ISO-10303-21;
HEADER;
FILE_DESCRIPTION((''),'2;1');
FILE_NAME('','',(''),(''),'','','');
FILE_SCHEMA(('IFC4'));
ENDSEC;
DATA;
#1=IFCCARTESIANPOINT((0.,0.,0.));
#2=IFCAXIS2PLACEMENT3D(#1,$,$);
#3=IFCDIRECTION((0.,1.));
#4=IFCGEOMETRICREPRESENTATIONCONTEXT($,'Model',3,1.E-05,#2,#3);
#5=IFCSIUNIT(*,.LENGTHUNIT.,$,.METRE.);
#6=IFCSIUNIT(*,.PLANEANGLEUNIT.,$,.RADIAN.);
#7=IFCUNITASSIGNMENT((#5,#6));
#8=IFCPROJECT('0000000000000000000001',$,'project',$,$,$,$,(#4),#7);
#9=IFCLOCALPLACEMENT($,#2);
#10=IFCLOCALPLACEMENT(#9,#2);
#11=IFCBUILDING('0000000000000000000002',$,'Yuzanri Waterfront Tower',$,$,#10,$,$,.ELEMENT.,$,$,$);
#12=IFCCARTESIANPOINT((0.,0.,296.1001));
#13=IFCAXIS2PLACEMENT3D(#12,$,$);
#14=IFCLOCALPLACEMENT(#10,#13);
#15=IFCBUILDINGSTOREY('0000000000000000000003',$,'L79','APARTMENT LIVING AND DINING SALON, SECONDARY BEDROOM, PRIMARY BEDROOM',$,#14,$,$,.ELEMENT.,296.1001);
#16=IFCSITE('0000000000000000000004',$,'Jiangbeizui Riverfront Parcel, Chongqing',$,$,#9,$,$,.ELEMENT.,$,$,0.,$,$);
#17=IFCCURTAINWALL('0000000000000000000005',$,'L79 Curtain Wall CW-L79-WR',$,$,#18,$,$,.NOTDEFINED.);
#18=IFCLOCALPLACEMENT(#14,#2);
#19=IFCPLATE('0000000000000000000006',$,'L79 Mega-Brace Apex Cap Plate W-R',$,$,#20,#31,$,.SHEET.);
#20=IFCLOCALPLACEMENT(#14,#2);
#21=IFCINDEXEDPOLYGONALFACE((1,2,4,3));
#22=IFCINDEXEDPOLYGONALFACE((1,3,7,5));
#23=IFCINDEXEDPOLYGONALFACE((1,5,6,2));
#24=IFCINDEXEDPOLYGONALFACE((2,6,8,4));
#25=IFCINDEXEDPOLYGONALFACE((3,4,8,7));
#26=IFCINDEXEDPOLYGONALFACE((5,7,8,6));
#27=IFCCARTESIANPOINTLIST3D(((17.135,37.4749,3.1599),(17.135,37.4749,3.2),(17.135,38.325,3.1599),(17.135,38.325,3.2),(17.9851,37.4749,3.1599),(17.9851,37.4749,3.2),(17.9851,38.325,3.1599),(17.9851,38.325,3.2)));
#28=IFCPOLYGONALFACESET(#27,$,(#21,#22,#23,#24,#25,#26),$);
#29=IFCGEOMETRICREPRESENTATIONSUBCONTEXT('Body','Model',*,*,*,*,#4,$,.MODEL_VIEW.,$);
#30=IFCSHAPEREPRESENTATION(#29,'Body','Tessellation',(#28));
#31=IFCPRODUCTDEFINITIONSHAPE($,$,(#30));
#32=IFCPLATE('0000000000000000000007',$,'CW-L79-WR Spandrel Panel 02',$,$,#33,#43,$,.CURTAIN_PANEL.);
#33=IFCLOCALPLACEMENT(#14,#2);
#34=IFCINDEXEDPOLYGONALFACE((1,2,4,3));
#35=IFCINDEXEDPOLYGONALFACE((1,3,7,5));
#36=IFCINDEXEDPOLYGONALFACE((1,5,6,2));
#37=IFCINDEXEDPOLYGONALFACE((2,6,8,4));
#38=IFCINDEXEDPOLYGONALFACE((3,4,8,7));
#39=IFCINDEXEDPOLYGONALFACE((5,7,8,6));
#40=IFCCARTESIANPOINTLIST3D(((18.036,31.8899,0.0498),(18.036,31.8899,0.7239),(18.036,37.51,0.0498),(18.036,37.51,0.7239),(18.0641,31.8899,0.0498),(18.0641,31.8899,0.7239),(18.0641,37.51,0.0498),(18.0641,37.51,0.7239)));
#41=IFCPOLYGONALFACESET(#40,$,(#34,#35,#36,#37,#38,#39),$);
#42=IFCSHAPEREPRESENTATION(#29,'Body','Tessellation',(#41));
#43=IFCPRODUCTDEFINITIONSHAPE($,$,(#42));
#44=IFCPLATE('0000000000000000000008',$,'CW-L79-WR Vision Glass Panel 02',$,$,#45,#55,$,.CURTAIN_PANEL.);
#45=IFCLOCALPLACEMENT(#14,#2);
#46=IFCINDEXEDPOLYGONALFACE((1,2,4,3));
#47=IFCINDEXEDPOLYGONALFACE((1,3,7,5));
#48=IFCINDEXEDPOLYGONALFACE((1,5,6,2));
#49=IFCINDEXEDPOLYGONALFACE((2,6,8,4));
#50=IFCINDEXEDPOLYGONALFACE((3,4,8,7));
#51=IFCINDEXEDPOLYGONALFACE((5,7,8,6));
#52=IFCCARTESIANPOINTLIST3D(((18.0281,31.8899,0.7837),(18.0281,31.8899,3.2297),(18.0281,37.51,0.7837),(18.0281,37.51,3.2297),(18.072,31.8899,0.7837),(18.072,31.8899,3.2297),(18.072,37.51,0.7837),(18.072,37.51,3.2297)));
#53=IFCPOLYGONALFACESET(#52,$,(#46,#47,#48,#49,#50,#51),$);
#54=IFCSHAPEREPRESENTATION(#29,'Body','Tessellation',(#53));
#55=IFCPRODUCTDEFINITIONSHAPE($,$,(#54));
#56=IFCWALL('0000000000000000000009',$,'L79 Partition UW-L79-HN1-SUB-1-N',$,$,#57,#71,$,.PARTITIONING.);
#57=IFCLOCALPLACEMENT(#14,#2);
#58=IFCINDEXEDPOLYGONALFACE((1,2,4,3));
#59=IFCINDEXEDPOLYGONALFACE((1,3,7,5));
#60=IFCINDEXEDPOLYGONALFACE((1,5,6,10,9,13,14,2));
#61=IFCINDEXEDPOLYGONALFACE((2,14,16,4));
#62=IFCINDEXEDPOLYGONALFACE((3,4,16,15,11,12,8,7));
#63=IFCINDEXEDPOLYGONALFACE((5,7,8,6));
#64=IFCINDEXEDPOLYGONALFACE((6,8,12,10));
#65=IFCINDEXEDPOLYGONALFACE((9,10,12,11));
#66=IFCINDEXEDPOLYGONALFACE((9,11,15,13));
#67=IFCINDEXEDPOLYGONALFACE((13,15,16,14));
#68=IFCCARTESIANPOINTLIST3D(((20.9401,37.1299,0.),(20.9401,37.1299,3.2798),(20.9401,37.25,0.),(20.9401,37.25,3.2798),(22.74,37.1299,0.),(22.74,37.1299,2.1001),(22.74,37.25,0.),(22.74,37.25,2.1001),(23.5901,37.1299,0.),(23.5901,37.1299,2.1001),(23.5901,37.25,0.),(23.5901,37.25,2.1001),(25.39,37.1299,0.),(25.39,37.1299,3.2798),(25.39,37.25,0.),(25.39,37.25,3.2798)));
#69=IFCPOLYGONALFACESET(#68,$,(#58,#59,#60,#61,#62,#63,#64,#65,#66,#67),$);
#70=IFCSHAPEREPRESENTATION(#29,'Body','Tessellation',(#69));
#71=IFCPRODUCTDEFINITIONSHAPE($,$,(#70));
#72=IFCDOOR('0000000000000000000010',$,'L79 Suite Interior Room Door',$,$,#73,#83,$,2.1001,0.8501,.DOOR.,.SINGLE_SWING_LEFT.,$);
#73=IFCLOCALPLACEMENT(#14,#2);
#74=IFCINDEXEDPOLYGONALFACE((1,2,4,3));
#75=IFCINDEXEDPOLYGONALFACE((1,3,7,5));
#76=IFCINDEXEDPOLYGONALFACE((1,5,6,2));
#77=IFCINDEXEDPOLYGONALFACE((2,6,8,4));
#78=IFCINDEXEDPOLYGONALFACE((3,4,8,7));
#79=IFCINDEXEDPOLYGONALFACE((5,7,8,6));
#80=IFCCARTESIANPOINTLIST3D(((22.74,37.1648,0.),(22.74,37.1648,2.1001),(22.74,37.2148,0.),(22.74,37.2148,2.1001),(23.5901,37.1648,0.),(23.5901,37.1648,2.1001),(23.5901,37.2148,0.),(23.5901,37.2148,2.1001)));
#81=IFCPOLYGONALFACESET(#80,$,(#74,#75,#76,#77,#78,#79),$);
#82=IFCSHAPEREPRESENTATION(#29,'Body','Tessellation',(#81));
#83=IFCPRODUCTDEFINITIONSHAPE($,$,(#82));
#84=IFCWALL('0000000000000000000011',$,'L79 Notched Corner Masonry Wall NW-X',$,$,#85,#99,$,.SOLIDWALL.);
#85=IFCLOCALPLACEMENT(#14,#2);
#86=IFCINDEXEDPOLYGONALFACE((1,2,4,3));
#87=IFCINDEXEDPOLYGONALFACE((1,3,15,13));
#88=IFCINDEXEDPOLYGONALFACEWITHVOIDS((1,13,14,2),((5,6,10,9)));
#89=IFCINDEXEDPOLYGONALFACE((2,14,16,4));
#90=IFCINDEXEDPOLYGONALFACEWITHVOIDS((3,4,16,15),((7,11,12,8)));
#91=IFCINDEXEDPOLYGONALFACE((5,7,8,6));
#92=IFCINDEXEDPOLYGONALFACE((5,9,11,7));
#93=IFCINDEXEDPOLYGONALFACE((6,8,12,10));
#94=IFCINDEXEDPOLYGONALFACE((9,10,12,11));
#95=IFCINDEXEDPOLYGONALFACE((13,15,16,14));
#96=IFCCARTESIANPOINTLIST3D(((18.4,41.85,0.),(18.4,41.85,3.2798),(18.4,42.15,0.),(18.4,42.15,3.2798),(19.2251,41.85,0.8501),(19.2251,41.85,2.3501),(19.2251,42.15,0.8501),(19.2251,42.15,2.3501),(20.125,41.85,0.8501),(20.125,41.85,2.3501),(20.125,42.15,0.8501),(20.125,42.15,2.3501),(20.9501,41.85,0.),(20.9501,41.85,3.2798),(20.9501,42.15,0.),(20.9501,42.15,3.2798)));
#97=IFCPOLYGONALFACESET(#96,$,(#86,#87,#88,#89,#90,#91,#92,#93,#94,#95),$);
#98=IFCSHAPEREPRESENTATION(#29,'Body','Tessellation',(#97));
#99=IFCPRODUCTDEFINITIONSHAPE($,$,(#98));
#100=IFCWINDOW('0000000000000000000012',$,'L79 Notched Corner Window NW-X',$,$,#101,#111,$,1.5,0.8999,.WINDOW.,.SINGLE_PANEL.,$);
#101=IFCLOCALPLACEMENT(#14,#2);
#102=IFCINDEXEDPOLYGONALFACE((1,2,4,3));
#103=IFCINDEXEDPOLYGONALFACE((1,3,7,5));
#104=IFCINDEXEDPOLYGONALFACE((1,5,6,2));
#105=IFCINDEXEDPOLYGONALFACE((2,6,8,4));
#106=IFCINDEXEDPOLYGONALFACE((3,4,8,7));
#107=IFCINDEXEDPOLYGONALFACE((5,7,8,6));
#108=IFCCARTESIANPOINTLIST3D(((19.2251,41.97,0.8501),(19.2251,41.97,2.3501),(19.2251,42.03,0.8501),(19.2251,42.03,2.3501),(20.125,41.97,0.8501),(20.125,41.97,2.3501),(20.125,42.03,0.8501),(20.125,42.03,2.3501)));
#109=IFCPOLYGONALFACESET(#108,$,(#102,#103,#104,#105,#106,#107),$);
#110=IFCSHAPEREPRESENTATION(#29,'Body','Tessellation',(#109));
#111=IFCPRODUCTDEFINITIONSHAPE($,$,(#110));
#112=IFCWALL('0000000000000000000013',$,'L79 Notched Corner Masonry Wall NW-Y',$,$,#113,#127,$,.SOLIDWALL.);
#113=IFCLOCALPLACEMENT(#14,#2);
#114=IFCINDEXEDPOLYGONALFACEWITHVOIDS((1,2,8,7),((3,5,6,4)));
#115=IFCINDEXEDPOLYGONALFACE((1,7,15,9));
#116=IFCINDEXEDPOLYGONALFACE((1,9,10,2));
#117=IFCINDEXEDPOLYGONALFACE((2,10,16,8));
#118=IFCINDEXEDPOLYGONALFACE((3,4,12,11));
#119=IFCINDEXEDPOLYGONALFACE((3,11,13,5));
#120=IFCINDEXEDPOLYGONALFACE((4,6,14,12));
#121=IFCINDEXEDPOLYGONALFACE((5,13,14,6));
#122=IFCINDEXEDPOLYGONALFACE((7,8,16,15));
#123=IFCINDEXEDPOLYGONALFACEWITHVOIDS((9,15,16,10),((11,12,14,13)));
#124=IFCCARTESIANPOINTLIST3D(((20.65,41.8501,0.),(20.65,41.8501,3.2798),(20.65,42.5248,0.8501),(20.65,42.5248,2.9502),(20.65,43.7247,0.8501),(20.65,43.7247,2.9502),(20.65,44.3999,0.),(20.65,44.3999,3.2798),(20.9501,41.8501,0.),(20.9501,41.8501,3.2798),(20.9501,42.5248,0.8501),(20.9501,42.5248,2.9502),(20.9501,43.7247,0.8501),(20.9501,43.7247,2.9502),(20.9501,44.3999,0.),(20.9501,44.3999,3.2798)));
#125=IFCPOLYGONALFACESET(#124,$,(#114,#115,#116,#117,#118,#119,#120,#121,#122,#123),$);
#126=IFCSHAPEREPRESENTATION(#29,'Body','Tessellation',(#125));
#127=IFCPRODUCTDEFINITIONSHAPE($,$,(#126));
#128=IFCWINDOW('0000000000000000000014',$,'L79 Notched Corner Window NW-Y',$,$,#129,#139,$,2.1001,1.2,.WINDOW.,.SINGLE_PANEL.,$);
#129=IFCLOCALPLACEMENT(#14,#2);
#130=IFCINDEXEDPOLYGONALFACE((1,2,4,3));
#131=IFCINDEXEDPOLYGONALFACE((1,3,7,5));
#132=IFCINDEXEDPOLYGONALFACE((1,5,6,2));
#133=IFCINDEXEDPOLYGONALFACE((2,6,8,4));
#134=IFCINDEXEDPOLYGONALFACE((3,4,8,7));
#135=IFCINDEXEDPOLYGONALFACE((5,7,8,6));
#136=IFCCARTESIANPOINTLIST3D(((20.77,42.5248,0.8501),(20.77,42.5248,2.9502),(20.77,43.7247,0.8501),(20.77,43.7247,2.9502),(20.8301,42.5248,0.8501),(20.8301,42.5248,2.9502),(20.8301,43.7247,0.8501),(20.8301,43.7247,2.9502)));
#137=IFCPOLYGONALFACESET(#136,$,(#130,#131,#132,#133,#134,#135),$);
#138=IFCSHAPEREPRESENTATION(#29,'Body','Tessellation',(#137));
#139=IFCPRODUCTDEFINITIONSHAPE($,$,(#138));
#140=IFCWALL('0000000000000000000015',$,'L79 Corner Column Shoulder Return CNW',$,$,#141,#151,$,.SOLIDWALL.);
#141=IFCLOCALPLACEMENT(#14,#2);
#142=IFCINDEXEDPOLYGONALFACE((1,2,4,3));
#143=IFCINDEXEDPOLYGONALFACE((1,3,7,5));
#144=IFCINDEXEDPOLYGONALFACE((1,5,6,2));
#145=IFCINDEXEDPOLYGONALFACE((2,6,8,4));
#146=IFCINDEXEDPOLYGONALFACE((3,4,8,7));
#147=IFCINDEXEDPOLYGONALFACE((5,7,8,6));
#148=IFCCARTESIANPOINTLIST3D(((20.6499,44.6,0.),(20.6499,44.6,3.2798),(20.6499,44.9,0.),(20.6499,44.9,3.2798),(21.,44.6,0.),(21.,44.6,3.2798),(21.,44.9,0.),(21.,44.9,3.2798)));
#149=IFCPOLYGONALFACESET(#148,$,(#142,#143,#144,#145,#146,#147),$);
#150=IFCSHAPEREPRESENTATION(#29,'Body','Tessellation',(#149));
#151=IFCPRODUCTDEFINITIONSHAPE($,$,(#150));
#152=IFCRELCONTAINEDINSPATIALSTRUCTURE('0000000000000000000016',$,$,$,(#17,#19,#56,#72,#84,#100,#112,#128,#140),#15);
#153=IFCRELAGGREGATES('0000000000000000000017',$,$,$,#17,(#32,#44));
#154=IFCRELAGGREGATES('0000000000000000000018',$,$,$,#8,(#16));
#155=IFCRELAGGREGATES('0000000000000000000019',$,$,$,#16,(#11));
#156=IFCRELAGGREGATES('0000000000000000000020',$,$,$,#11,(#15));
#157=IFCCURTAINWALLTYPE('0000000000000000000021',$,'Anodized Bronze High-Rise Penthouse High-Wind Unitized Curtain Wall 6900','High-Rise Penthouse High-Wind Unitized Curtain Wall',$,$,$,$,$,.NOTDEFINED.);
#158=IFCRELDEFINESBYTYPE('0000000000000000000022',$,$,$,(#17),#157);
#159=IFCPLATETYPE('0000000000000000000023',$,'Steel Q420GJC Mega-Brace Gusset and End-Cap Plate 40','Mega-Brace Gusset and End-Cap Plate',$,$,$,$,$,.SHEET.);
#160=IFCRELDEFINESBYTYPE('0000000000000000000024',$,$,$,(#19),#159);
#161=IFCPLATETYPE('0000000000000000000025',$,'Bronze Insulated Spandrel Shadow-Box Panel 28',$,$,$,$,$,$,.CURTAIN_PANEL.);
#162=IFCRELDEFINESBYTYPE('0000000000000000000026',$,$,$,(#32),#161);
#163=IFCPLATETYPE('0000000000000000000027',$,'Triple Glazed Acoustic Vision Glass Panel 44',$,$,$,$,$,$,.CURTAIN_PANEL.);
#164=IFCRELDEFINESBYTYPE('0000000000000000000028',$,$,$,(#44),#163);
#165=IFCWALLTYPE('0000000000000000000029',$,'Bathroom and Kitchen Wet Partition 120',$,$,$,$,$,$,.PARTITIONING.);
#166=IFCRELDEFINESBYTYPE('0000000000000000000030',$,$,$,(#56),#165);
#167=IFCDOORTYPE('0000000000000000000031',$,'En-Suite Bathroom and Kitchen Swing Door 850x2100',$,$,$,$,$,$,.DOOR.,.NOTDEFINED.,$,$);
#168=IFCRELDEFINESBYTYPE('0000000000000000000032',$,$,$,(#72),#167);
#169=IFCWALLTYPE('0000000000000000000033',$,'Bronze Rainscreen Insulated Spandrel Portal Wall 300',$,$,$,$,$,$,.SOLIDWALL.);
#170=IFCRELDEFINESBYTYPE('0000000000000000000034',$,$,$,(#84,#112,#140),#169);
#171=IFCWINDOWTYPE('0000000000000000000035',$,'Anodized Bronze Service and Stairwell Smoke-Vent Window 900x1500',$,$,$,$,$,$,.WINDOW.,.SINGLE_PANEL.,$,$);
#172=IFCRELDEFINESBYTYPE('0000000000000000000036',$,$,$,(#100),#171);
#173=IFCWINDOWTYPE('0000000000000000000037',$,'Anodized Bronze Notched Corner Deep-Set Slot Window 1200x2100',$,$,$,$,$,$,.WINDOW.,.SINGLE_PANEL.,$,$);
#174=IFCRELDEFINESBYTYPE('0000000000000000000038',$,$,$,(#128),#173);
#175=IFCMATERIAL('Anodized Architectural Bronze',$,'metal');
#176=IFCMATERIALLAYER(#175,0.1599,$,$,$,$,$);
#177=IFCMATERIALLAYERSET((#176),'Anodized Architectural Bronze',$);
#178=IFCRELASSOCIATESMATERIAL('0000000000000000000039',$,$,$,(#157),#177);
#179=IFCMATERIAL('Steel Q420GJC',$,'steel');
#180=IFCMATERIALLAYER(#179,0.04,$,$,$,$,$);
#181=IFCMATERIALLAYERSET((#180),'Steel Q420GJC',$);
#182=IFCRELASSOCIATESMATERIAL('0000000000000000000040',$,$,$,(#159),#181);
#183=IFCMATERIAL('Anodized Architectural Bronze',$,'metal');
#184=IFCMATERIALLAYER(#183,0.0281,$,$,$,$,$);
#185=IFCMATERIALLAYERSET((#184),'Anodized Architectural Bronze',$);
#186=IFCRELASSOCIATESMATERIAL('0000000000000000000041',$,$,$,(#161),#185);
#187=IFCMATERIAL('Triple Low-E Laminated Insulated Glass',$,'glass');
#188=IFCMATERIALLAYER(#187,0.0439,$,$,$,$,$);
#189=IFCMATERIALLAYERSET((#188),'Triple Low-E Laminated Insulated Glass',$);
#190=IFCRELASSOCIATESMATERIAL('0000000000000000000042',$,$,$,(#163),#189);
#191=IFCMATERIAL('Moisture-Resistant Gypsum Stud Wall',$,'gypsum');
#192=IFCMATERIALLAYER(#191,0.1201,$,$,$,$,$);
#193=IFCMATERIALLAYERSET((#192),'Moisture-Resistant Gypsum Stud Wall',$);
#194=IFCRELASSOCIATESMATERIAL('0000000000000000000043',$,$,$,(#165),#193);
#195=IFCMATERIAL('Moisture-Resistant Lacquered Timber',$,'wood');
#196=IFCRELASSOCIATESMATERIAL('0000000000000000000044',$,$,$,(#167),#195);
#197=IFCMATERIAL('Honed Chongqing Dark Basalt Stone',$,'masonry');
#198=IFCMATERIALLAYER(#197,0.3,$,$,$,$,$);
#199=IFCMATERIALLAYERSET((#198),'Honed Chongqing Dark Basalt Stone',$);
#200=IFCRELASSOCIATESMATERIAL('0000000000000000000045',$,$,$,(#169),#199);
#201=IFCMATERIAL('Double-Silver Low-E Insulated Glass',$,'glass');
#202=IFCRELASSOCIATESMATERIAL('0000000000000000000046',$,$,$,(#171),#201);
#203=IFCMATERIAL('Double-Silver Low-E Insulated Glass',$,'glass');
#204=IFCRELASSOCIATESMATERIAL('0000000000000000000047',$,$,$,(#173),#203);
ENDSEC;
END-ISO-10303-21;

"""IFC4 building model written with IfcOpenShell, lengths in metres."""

from ifc_helpers import new_model, si_unit, direction, frame, frame_2d, origin, origin_2d, place, context, subcontext, project, spatial, rectangle, extrude, source, transform, mapped, material, layer, layer_set, type_object, element, fill, aggregate, save


model = new_model("IFC4")

# Units and contexts
model_context = context("Model", 3, precision=1e-05, world=origin(), true_north=direction((0.0, 1.0)))
body_context = subcontext(model_context, "Body", "Model", "MODEL_VIEW")
ifc_project = project(units=[si_unit("LENGTHUNIT", "METRE"), si_unit("PLANEANGLEUNIT", "RADIAN")], contexts=[model_context])

# Site, building, storey
site_placement = place(None, origin())
site = spatial("IfcSite", under=ifc_project, at=site_placement, Name="Jiangbeizui Riverfront Parcel, Chongqing", CompositionType="ELEMENT", RefElevation=0.0)
building_placement = place(site_placement, origin())
building = spatial("IfcBuilding", under=site, at=building_placement, Name="Yuzanri Waterfront Tower", CompositionType="ELEMENT")
storey_placement = place(building_placement, frame((0.0, 0.0, 296.1001)))
storey = spatial("IfcBuildingStorey", under=building, at=storey_placement, Name="L79", Description="APARTMENT LIVING AND DINING SALON, SECONDARY BEDROOM, PRIMARY BEDROOM", CompositionType="ELEMENT", Elevation=296.1001)

# Curtain wall
ifc_material_1 = material(Name="Anodized Architectural Bronze", Category="metal")
ifc_layer_1 = layer(ifc_material_1, 0.1599)
ifc_layer_set_1 = layer_set([ifc_layer_1], Name="Anodized Architectural Bronze")
curtain_wall_type = type_object("IfcCurtainWallType", Name="Anodized Bronze High-Rise Penthouse High-Wind Unitized Curtain Wall 6900", Description="High-Rise Penthouse High-Wind Unitized Curtain Wall", PredefinedType="NOTDEFINED", material=ifc_layer_set_1)
curtain_wall_1_placement = place(storey_placement, origin())
curtain_wall_1 = element("IfcCurtainWall", 1, at=curtain_wall_1_placement, inside=storey, type_object=curtain_wall_type, Name="L79 Curtain Wall CW-L79-WR", PredefinedType="NOTDEFINED")

# Plate
ifc_material_2 = material(Name="Steel Q420GJC", Category="steel")
ifc_layer_2 = layer(ifc_material_2, 0.04)
ifc_layer_set_2 = layer_set([ifc_layer_2], Name="Steel Q420GJC")
plate_type_1 = type_object("IfcPlateType", Name="Steel Q420GJC Mega-Brace Gusset and End-Cap Plate 40", Description="Mega-Brace Gusset and End-Cap Plate", PredefinedType="SHEET", material=ifc_layer_set_2)
shared_shape_1 = source(origin(), body_context, "Body", "SweptSolid", [
    extrude(rectangle(XDim=0.8501, YDim=0.8501, at=origin_2d()), origin(), (0.0, 0.0, 1.0), 0.04),
])
for number, where, z_axis, x_axis, name in (
    (2, (17.5601, 37.8999, 3.1599), (0.0, 0.0, 1.0), (1.0, 0.0, 0.0), "L79 Mega-Brace Apex Cap Plate W-R"),
):
    element("IfcPlate", number, at=place(storey_placement, frame(where, z_axis=z_axis, x_axis=x_axis)), inside=storey, type_object=plate_type_1, Name=name, PredefinedType="SHEET", context=body_context, shape_type="MappedRepresentation", body=[
        mapped(shared_shape_1, transform((0.0, 0.0, 0.0), scale=1.0)),
    ])

# Plates
ifc_material_3 = material(Name="Anodized Architectural Bronze", Category="metal")
ifc_layer_3 = layer(ifc_material_3, 0.0281)
ifc_layer_set_3 = layer_set([ifc_layer_3], Name="Anodized Architectural Bronze")
plate_type_2 = type_object("IfcPlateType", Name="Bronze Insulated Spandrel Shadow-Box Panel 28", PredefinedType="CURTAIN_PANEL", material=ifc_layer_set_3)
shared_shape_2 = source(origin(), body_context, "Body", "SweptSolid", [
    extrude(rectangle(XDim=5.6201, YDim=0.0281, at=origin_2d()), origin(), (0.0, 0.0, 1.0), 0.6741),
])
plate_1_placement = place(storey_placement, frame((18.05, 34.7, 0.0498), z_axis=(0.0, 0.0, 1.0), x_axis=(0.0, 1.0, 0.0)))
plate_1 = element("IfcPlate", 3, at=plate_1_placement, type_object=plate_type_2, Name="CW-L79-WR Spandrel Panel 02", PredefinedType="CURTAIN_PANEL", context=body_context, shape_type="MappedRepresentation", body=[
    mapped(shared_shape_2, transform((0.0, 0.0, 0.0), scale=1.0)),
])
ifc_material_4 = material(Name="Triple Low-E Laminated Insulated Glass", Category="glass")
ifc_layer_4 = layer(ifc_material_4, 0.0439)
ifc_layer_set_4 = layer_set([ifc_layer_4], Name="Triple Low-E Laminated Insulated Glass")
plate_type_3 = type_object("IfcPlateType", Name="Triple Glazed Acoustic Vision Glass Panel 44", PredefinedType="CURTAIN_PANEL", material=ifc_layer_set_4)
shared_shape_3 = source(origin(), body_context, "Body", "SweptSolid", [
    extrude(rectangle(XDim=5.6201, YDim=0.0439, at=origin_2d()), origin(), (0.0, 0.0, 1.0), 2.446),
])
plate_2_placement = place(storey_placement, frame((18.05, 34.7, 0.7837), z_axis=(0.0, 0.0, 1.0), x_axis=(0.0, 1.0, 0.0)))
plate_2 = element("IfcPlate", 4, at=plate_2_placement, type_object=plate_type_3, Name="CW-L79-WR Vision Glass Panel 02", PredefinedType="CURTAIN_PANEL", context=body_context, shape_type="MappedRepresentation", body=[
    mapped(shared_shape_3, transform((0.0, 0.0, 0.0), scale=1.0)),
])
aggregate(curtain_wall_1, [plate_1, plate_2])

# Wall, opening, door
ifc_material_5 = material(Name="Moisture-Resistant Gypsum Stud Wall", Category="gypsum")
ifc_layer_5 = layer(ifc_material_5, 0.1201)
ifc_layer_set_5 = layer_set([ifc_layer_5], Name="Moisture-Resistant Gypsum Stud Wall")
wall_type_1 = type_object("IfcWallType", Name="Bathroom and Kitchen Wet Partition 120", PredefinedType="PARTITIONING", material=ifc_layer_set_5)
wall_1_placement = place(storey_placement, frame((20.9399, 37.1899, 0.0), z_axis=(0.0, 0.0, 1.0), x_axis=(1.0, 0.0, 0.0)))
wall_1 = element("IfcWall", 5, at=wall_1_placement, inside=storey, type_object=wall_type_1, Name="L79 Partition UW-L79-HN1-SUB-1-N", PredefinedType="PARTITIONING", context=body_context, shape_type="SweptSolid", body=[
    extrude(rectangle(XDim=4.45, YDim=0.1201, at=frame_2d((2.2251, 0.0))), origin(), (0.0, 0.0, 1.0), 3.2798),
])
opening_1_placement = place(wall_1_placement, frame((1.8, 0.0, 0.0)))
opening_1 = element("IfcOpeningElement", 6, at=opening_1_placement, cuts=wall_1, PredefinedType="OPENING", context=body_context, shape_type="SweptSolid", body=[
    extrude(rectangle(XDim=0.8501, YDim=2.1001, at=frame_2d((0.425, 1.05))), frame((0.0, 0.075, 0.0), z_axis=(0.0, -1.0, 0.0), x_axis=(1.0, 0.0, 0.0)), (0.0, 0.0, 1.0), 0.1499),
])
ifc_material_6 = material(Name="Moisture-Resistant Lacquered Timber", Category="wood")
door_type = type_object("IfcDoorType", Name="En-Suite Bathroom and Kitchen Swing Door 850x2100", OperationType="NOTDEFINED", PredefinedType="DOOR", material=ifc_material_6)
shared_shape_4 = source(origin(), body_context, "Body", "SweptSolid", [
    extrude(rectangle(XDim=0.8501, YDim=2.1001, at=frame_2d((0.425, 1.05))), frame((0.0, 0.0249, 0.0), z_axis=(0.0, -1.0, 0.0), x_axis=(1.0, 0.0, 0.0)), (0.0, 0.0, 1.0), 0.05),
])
door_placement = place(opening_1_placement, origin())
door = element("IfcDoor", 7, at=door_placement, inside=storey, type_object=door_type, Name="L79 Suite Interior Room Door", OperationType="SINGLE_SWING_LEFT", OverallHeight=2.1001, OverallWidth=0.8501, PredefinedType="DOOR", context=body_context, shape_type="MappedRepresentation", body=[
    mapped(shared_shape_4, transform((0.0, 0.0, 0.0), scale=1.0)),
])
fill(opening_1, door)

# Walls, openings, windows
ifc_material_7 = material(Name="Honed Chongqing Dark Basalt Stone", Category="masonry")
ifc_layer_6 = layer(ifc_material_7, 0.3)
ifc_layer_set_6 = layer_set([ifc_layer_6], Name="Honed Chongqing Dark Basalt Stone")
wall_type_2 = type_object("IfcWallType", Name="Bronze Rainscreen Insulated Spandrel Portal Wall 300", PredefinedType="SOLIDWALL", material=ifc_layer_set_6)
wall_2_placement = place(storey_placement, frame((20.95, 42.0, 0.0), z_axis=(0.0, 0.0, 1.0), x_axis=(-1.0, 0.0, 0.0)))
wall_2 = element("IfcWall", 8, at=wall_2_placement, inside=storey, type_object=wall_type_2, Name="L79 Notched Corner Masonry Wall NW-X", PredefinedType="SOLIDWALL", context=body_context, shape_type="SweptSolid", body=[
    extrude(rectangle(XDim=2.55, YDim=0.3, at=frame_2d((1.2749, 0.0))), origin(), (0.0, 0.0, 1.0), 3.2798),
])
opening_2_placement = place(wall_2_placement, frame((0.825, 0.0, 0.8501)))
opening_2 = element("IfcOpeningElement", 9, at=opening_2_placement, cuts=wall_2, PredefinedType="OPENING", context=body_context, shape_type="SweptSolid", body=[
    extrude(rectangle(XDim=0.8999, YDim=1.5, at=frame_2d((0.45, 0.75))), frame((0.0, 0.165, 0.0), z_axis=(0.0, -1.0, 0.0), x_axis=(1.0, 0.0, 0.0)), (0.0, 0.0, 1.0), 0.3298),
])
ifc_material_8 = material(Name="Double-Silver Low-E Insulated Glass", Category="glass")
window_type_1 = type_object("IfcWindowType", Name="Anodized Bronze Service and Stairwell Smoke-Vent Window 900x1500", PartitioningType="SINGLE_PANEL", PredefinedType="WINDOW", material=ifc_material_8)
shared_shape_5 = source(origin(), body_context, "Body", "SweptSolid", [
    extrude(rectangle(XDim=0.8999, YDim=1.5, at=frame_2d((0.45, 0.75))), frame((0.0, 0.03, 0.0), z_axis=(0.0, -1.0, 0.0), x_axis=(1.0, 0.0, 0.0)), (0.0, 0.0, 1.0), 0.0601),
])
window_1_placement = place(opening_2_placement, origin())
window_1 = element("IfcWindow", 10, at=window_1_placement, inside=storey, type_object=window_type_1, Name="L79 Notched Corner Window NW-X", OverallHeight=1.5, OverallWidth=0.8999, PartitioningType="SINGLE_PANEL", PredefinedType="WINDOW", context=body_context, shape_type="MappedRepresentation", body=[
    mapped(shared_shape_5, transform((0.0, 0.0, 0.0), scale=1.0)),
])
fill(opening_2, window_1)
wall_3_placement = place(storey_placement, frame((20.8, 44.3999, 0.0), z_axis=(0.0, 0.0, 1.0), x_axis=(0.0, -1.0, 0.0)))
wall_3 = element("IfcWall", 11, at=wall_3_placement, inside=storey, type_object=wall_type_2, Name="L79 Notched Corner Masonry Wall NW-Y", PredefinedType="SOLIDWALL", context=body_context, shape_type="SweptSolid", body=[
    extrude(rectangle(XDim=2.5498, YDim=0.3, at=frame_2d((1.2749, 0.0))), origin(), (0.0, 0.0, 1.0), 3.2798),
])
opening_3_placement = place(wall_3_placement, frame((0.675, 0.0, 0.8501)))
opening_3 = element("IfcOpeningElement", 12, at=opening_3_placement, cuts=wall_3, PredefinedType="OPENING", context=body_context, shape_type="SweptSolid", body=[
    extrude(rectangle(XDim=1.2, YDim=2.1001, at=frame_2d((0.6001, 1.05))), frame((0.0, 0.165, 0.0), z_axis=(0.0, -1.0, 0.0), x_axis=(1.0, 0.0, 0.0)), (0.0, 0.0, 1.0), 0.3298),
])
ifc_material_9 = material(Name="Double-Silver Low-E Insulated Glass", Category="glass")
window_type_2 = type_object("IfcWindowType", Name="Anodized Bronze Notched Corner Deep-Set Slot Window 1200x2100", PartitioningType="SINGLE_PANEL", PredefinedType="WINDOW", material=ifc_material_9)
shared_shape_6 = source(origin(), body_context, "Body", "SweptSolid", [
    extrude(rectangle(XDim=1.2, YDim=2.1001, at=frame_2d((0.6001, 1.05))), frame((0.0, 0.03, 0.0), z_axis=(0.0, -1.0, 0.0), x_axis=(1.0, 0.0, 0.0)), (0.0, 0.0, 1.0), 0.0601),
])
window_2_placement = place(opening_3_placement, origin())
window_2 = element("IfcWindow", 13, at=window_2_placement, inside=storey, type_object=window_type_2, Name="L79 Notched Corner Window NW-Y", OverallHeight=2.1001, OverallWidth=1.2, PartitioningType="SINGLE_PANEL", PredefinedType="WINDOW", context=body_context, shape_type="MappedRepresentation", body=[
    mapped(shared_shape_6, transform((0.0, 0.0, 0.0), scale=1.0)),
])
fill(opening_3, window_2)

# Wall
shared_shape_7 = source(origin(), body_context, "Body", "SweptSolid", [
    extrude(rectangle(XDim=0.3501, YDim=0.3, at=frame_2d((0.175, 0.0))), origin(), (0.0, 0.0, 1.0), 3.2798),
])
wall_4_placement = place(storey_placement, frame((20.6499, 44.75, 0.0), z_axis=(0.0, 0.0, 1.0), x_axis=(1.0, 0.0, 0.0)))
element("IfcWall", 14, at=wall_4_placement, inside=storey, type_object=wall_type_2, Name="L79 Corner Column Shoulder Return CNW", PredefinedType="SOLIDWALL", context=body_context, shape_type="MappedRepresentation", body=[
    mapped(shared_shape_7, transform((0.0, 0.0, 0.0), scale=1.0)),
])

save(model, "model.ifc")
